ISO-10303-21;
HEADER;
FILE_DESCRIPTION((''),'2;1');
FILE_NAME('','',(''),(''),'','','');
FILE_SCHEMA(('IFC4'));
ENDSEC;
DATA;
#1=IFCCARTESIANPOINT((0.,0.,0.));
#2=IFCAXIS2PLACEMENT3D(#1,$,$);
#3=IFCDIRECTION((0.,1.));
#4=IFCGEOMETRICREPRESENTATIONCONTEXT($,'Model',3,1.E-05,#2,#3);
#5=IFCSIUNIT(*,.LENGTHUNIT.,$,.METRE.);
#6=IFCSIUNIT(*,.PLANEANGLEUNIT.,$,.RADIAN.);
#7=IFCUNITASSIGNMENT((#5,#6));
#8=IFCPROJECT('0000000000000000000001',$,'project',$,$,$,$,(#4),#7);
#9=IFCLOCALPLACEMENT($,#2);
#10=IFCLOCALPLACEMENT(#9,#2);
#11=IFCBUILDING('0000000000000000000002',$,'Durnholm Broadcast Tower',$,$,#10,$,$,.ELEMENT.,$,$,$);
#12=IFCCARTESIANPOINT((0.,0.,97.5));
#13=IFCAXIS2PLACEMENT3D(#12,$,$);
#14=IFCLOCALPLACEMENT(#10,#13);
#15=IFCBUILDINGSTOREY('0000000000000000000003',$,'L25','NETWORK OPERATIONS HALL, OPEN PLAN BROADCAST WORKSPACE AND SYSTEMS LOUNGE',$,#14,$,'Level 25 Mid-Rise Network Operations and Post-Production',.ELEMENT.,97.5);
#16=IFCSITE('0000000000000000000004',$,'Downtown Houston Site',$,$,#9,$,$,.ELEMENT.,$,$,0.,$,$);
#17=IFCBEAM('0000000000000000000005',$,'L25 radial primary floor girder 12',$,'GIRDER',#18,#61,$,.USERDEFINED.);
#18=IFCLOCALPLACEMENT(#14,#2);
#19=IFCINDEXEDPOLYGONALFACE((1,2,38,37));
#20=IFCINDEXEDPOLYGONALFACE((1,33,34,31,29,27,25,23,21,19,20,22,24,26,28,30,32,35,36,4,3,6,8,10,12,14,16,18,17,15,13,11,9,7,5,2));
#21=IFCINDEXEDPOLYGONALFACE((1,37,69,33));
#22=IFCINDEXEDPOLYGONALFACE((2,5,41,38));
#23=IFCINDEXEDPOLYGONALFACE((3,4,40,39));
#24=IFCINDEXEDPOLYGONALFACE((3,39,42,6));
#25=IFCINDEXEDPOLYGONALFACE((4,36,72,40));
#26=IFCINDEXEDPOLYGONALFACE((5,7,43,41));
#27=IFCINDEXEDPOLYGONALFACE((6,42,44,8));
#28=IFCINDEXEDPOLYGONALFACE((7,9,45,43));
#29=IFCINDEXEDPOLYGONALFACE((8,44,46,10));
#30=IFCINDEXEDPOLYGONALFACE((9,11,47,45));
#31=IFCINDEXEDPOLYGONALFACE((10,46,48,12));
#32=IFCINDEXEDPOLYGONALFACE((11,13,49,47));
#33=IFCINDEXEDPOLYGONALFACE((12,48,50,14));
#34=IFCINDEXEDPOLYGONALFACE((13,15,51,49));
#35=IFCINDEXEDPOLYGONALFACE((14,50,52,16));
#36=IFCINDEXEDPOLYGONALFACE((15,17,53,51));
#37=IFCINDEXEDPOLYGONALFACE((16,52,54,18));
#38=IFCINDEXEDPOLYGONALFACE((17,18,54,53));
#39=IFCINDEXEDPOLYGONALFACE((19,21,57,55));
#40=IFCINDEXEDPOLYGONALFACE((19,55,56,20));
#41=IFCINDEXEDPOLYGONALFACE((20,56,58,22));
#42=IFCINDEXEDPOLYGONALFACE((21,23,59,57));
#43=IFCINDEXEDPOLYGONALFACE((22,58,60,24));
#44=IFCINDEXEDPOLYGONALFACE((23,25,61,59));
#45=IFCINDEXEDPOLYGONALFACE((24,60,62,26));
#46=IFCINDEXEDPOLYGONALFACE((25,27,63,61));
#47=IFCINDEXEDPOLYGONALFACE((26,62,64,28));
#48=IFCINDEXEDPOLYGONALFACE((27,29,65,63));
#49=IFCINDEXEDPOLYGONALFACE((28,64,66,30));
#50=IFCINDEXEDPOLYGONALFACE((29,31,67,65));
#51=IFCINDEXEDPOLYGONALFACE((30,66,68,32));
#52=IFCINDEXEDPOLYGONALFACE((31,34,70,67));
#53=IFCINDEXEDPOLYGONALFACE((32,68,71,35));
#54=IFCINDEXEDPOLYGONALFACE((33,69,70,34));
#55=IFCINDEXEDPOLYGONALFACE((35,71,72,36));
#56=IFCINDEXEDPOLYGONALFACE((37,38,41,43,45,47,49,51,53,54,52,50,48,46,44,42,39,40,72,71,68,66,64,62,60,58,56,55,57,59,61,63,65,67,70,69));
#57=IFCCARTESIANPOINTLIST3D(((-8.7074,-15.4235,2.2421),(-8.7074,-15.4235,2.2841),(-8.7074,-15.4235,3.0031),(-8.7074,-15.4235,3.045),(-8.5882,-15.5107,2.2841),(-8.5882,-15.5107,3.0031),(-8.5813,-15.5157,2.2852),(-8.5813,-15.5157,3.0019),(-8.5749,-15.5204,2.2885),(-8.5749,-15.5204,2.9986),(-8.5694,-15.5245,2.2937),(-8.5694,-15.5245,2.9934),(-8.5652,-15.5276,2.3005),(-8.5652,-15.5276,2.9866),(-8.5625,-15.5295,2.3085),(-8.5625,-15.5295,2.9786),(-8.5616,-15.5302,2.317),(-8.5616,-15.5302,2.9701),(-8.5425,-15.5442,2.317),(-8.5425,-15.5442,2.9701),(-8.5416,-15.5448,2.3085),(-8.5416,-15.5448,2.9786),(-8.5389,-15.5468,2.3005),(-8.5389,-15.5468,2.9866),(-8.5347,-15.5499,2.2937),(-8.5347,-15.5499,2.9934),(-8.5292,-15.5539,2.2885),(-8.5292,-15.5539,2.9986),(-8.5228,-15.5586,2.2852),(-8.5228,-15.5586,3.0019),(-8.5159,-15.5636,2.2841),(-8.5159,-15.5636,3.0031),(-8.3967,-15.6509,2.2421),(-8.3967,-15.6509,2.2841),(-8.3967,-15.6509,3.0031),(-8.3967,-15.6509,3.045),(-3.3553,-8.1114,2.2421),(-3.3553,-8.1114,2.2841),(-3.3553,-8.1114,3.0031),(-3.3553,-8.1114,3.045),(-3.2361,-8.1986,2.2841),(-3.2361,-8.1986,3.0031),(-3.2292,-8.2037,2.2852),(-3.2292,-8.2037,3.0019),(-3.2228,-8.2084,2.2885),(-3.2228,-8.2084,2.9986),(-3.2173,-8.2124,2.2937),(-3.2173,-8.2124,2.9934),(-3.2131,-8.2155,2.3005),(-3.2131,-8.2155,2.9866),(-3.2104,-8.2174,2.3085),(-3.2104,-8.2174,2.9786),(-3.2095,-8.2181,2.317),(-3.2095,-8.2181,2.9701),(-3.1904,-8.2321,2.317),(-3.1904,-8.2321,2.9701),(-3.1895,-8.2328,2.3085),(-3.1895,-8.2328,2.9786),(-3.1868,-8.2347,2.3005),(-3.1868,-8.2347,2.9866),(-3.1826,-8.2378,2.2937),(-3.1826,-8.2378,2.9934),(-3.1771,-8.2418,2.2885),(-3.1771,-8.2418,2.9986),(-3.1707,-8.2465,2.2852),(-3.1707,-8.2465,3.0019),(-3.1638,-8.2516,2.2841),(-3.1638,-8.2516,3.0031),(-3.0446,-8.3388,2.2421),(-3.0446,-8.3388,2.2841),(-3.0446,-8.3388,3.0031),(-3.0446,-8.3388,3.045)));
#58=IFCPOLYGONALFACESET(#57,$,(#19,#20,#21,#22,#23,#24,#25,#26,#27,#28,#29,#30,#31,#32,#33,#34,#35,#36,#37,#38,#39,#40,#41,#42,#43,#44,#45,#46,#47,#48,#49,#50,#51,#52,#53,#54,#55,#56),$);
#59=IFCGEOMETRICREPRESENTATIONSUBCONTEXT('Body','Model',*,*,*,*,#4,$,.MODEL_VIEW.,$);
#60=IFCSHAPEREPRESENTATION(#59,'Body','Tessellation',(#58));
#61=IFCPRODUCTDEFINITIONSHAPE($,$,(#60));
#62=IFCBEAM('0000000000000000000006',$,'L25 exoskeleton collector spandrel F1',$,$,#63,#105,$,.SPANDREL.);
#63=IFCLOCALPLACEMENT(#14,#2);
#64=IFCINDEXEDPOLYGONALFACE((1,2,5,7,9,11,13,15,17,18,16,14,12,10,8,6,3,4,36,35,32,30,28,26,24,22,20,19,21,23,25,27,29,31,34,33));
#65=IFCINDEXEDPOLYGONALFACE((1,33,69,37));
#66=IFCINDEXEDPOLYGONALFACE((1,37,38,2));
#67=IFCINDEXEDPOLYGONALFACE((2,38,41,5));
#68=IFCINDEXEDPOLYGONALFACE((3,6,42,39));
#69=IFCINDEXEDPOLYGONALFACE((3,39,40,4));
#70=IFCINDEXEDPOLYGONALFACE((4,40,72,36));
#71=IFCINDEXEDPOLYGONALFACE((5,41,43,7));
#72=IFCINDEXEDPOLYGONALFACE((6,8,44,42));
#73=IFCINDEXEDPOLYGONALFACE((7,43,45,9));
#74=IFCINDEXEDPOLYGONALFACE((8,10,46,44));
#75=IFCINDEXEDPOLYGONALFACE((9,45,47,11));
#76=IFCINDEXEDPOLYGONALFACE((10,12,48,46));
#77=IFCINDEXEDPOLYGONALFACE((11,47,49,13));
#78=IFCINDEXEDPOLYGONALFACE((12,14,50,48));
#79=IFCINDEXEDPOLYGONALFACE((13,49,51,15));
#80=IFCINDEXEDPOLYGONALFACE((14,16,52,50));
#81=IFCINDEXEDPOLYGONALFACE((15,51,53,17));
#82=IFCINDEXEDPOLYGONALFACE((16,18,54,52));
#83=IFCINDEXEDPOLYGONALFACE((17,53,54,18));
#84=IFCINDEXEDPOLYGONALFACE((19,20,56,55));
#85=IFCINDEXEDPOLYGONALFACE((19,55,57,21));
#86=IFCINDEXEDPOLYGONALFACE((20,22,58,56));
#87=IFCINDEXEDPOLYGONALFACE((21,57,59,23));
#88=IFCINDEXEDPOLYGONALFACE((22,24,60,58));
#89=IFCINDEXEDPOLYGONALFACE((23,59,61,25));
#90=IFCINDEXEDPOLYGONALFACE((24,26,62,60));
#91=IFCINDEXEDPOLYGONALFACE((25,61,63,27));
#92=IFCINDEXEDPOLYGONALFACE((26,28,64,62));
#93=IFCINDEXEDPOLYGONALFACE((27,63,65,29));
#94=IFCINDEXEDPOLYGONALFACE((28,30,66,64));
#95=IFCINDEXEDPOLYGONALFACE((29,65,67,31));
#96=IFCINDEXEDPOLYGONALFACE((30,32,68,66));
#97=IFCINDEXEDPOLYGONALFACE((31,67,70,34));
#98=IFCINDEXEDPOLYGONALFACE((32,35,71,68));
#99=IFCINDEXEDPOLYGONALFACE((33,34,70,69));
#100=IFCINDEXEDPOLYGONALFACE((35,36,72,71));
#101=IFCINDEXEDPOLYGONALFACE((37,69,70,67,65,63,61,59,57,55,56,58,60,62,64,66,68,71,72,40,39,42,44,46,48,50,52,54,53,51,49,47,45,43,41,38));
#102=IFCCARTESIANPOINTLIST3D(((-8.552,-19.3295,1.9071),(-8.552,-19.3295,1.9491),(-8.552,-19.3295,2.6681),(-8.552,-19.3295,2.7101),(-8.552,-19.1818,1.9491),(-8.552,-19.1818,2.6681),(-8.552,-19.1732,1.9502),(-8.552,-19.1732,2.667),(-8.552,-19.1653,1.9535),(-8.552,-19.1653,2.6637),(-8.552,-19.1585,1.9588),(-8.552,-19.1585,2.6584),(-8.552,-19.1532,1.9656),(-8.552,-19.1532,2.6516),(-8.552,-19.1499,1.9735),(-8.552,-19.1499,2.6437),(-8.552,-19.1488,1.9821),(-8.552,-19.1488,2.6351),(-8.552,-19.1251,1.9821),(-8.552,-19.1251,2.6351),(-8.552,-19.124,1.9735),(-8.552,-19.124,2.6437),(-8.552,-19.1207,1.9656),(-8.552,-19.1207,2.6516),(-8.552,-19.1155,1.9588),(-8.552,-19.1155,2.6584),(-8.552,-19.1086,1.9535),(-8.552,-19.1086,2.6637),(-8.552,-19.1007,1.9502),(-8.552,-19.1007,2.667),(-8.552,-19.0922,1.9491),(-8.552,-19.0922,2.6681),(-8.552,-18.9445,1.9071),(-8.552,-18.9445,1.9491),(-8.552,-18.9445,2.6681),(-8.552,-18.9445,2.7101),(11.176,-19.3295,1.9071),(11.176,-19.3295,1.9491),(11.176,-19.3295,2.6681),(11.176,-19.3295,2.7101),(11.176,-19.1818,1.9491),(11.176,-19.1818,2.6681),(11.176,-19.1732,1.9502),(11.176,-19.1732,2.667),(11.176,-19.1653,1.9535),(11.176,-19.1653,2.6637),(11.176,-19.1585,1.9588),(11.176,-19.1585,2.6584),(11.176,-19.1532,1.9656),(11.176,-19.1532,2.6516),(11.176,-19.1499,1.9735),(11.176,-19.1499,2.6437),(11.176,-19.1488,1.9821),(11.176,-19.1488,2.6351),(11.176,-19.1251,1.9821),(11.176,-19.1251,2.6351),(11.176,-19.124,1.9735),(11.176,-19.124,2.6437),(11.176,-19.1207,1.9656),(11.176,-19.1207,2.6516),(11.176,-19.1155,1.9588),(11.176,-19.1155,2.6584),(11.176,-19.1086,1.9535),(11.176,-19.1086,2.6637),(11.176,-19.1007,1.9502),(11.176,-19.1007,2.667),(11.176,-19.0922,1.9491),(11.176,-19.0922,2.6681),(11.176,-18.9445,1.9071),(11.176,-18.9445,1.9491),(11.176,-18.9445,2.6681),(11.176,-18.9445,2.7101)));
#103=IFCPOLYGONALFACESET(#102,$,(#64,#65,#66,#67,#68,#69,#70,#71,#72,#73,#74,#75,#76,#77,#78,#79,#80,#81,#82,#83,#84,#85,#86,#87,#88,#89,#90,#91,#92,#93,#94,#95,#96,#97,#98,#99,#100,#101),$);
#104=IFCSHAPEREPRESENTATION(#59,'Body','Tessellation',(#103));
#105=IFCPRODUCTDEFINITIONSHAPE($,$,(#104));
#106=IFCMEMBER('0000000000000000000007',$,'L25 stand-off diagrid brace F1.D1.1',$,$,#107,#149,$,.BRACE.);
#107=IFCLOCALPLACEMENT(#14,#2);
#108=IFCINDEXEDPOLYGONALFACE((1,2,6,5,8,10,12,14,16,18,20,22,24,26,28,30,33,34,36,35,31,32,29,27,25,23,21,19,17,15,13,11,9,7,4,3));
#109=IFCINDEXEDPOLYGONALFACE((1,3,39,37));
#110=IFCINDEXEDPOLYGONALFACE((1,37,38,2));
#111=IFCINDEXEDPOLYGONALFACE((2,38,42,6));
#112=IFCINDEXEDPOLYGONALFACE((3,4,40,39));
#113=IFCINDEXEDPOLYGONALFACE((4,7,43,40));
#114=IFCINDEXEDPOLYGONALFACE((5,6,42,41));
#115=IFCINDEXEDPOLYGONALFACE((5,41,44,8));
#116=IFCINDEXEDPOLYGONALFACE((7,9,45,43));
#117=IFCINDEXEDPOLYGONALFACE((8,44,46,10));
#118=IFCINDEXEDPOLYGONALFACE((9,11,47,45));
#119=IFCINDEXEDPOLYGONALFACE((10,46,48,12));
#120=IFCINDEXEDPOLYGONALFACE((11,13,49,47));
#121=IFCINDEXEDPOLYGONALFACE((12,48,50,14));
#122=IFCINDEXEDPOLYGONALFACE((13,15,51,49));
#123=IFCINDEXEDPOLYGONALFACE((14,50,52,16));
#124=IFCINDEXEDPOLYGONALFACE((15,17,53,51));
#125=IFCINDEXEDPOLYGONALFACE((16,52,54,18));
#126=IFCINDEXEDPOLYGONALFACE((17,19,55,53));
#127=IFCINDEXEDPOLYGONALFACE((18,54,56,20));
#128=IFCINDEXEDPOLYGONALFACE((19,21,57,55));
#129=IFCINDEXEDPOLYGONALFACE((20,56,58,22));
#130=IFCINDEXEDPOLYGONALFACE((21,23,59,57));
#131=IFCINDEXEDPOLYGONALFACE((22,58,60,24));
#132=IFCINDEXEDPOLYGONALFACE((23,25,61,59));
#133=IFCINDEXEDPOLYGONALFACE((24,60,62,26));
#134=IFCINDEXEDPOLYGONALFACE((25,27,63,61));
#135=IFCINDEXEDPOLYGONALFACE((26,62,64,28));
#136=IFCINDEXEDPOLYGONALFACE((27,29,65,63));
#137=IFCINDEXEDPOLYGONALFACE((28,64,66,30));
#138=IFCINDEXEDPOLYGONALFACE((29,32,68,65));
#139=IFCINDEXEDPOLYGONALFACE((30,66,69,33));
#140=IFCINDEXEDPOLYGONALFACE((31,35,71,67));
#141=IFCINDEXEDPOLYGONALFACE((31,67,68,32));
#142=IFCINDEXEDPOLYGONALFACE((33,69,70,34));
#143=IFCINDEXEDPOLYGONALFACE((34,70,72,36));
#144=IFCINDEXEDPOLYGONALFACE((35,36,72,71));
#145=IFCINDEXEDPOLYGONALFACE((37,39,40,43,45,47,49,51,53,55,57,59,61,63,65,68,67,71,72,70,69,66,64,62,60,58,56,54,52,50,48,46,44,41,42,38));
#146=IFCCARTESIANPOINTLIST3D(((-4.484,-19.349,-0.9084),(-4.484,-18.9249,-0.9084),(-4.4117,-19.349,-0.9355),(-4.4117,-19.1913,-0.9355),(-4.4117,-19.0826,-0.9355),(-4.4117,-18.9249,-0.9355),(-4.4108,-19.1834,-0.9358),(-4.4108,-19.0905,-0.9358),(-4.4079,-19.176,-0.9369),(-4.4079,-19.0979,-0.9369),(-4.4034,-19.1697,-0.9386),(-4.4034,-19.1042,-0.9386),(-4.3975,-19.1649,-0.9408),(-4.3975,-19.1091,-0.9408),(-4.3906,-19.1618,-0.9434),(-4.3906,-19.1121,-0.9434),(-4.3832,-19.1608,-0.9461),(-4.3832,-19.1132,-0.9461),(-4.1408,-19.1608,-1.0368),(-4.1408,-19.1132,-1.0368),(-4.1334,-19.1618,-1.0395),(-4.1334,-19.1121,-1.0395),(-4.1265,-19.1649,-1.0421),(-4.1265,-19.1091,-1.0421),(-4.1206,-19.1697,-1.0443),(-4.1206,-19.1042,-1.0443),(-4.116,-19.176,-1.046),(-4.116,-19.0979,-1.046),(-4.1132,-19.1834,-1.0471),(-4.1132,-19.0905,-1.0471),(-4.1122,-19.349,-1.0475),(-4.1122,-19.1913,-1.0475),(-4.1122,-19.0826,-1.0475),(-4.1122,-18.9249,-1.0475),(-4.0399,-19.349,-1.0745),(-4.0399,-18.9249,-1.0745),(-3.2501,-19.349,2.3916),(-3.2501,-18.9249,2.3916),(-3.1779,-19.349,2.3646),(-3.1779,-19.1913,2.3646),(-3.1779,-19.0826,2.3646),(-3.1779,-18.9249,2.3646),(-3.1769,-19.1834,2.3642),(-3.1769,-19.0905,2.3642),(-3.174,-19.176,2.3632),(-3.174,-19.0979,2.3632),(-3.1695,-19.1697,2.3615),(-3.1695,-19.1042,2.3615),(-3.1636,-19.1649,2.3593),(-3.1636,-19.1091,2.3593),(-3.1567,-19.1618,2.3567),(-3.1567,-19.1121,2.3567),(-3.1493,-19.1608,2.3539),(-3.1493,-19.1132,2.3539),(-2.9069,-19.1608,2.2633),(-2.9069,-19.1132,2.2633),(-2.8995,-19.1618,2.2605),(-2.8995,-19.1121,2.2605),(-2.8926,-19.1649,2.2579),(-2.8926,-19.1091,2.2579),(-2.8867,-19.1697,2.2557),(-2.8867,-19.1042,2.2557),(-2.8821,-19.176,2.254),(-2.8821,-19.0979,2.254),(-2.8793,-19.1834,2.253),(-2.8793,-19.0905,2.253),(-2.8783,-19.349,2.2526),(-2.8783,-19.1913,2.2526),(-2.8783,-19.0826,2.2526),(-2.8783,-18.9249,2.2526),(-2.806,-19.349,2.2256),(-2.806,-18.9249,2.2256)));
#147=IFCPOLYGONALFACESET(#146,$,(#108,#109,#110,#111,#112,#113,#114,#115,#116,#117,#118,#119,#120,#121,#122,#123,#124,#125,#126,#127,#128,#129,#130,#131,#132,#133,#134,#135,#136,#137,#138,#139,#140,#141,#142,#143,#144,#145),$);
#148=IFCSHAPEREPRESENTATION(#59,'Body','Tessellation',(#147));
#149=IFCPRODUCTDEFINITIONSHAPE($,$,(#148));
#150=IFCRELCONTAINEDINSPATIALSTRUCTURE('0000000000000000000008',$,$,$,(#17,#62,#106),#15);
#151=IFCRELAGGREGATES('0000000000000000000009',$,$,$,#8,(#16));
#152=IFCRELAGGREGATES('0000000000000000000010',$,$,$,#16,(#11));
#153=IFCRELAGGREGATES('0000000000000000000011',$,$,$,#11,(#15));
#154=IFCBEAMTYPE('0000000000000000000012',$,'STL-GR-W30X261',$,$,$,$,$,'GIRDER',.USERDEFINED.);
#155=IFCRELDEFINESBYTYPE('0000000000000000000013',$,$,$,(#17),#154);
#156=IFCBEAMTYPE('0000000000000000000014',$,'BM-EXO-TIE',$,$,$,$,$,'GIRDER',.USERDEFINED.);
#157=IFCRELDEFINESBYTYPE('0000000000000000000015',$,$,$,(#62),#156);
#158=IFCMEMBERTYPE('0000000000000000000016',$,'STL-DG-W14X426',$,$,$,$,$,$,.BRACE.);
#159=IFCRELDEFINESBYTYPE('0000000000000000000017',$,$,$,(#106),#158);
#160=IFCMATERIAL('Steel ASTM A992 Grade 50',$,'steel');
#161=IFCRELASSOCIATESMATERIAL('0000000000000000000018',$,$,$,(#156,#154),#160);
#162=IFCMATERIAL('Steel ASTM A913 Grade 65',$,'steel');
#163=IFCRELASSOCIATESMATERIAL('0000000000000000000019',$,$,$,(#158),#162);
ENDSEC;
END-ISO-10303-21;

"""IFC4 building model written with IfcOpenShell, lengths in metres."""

from ifc_helpers import new_model, si_unit, direction, frame, origin, origin_2d, place, context, subcontext, project, spatial, i_section, extrude, source, transform, mapped, material, material_profile, profile_set, type_object, type_shapes, element, save


model = new_model("IFC4")

# Units and contexts
model_context = context("Model", 3, precision=1e-05, world=origin(), true_north=direction((0.0, 1.0)))
body_context = subcontext(model_context, "Body", "Model", "MODEL_VIEW")
ifc_project = project(units=[si_unit("LENGTHUNIT", "METRE"), si_unit("PLANEANGLEUNIT", "RADIAN")], contexts=[model_context])

# Site, building, storey
site_placement = place(None, origin())
site = spatial("IfcSite", under=ifc_project, at=site_placement, Name="Downtown Houston Site", CompositionType="ELEMENT", RefElevation=0.0)
building_placement = place(site_placement, origin())
building = spatial("IfcBuilding", under=site, at=building_placement, Name="Durnholm Broadcast Tower", CompositionType="ELEMENT")
storey_placement = place(building_placement, frame((0.0, 0.0, 97.5)))
storey = spatial("IfcBuildingStorey", under=building, at=storey_placement, Name="L25", Description="NETWORK OPERATIONS HALL, OPEN PLAN BROADCAST WORKSPACE AND SYSTEMS LOUNGE", LongName="Level 25 Mid-Rise Network Operations and Post-Production", CompositionType="ELEMENT", Elevation=97.5)

# Beams
ifc_material_1 = material(Name="Steel ASTM A992 Grade 50", Category="steel")
ifc_material_profile_1 = material_profile(ifc_material_1, i_section(OverallWidth=0.385, OverallDepth=0.803, WebThickness=0.0237, FlangeThickness=0.042, FilletRadius=0.033, at=origin_2d()), Name="W30X261")
ifc_profile_set_1 = profile_set([ifc_material_profile_1], Name="Steel ASTM A992 Grade 50")
beam_type_1 = type_object("IfcBeamType", Name="BM-EXO-TIE", ElementType="GIRDER", PredefinedType="USERDEFINED", material=ifc_profile_set_1)
ifc_material_profile_2 = material_profile(ifc_material_1, i_section(OverallWidth=0.385, OverallDepth=0.803, WebThickness=0.0237, FlangeThickness=0.042, FilletRadius=0.033, at=origin_2d()), Name="W30X261")
ifc_profile_set_2 = profile_set([ifc_material_profile_2], Name="Steel ASTM A992 Grade 50")
beam_type_2 = type_object("IfcBeamType", Name="STL-GR-W30X261", ElementType="GIRDER", PredefinedType="USERDEFINED", material=ifc_profile_set_2)
shared_shape_1 = source(origin(), body_context, "Body", "SweptSolid", [
    extrude(i_section(OverallWidth=0.385, OverallDepth=0.803, WebThickness=0.0237, FlangeThickness=0.042, FilletRadius=0.033, at=origin_2d()), origin(), (0.0, 0.0, 1.0), 9.0615),
])
beam_1_placement = place(storey_placement, frame((-3.2, -8.2251, 2.6436), z_axis=(-0.590639, -0.806936, 0.0), x_axis=(0.806936, -0.590639, 0.0)))
element("IfcBeam", 1, at=beam_1_placement, inside=storey, type_object=beam_type_2, Name="L25 radial primary floor girder 12", ObjectType="GIRDER", PredefinedType="USERDEFINED", context=body_context, shape_type="MappedRepresentation", body=[
    mapped(shared_shape_1, transform((0.0, 0.0, 0.0), x_axis=(1.0, 0.0, 0.0), y_axis=(0.0, 1.0, 0.0), z_axis=(0.0, 0.0, 1.0), scale=1.0)),
])
shared_shape_2 = source(origin(), body_context, "Body", "SweptSolid", [
    extrude(i_section(OverallWidth=0.385, OverallDepth=0.803, WebThickness=0.0237, FlangeThickness=0.042, FilletRadius=0.033, at=origin_2d()), origin(), (0.0, 0.0, 1.0), 19.728),
])
beam_2_placement = place(storey_placement, frame((-8.552, -19.137, 2.3086), z_axis=(1.0, 0.0, 0.0), x_axis=(0.0, 1.0, 0.0)))
element("IfcBeam", 2, at=beam_2_placement, inside=storey, type_object=beam_type_1, Name="L25 exoskeleton collector spandrel F1", PredefinedType="SPANDREL", context=body_context, shape_type="MappedRepresentation", body=[
    mapped(shared_shape_2, transform((0.0, 0.0, 0.0), x_axis=(1.0, 0.0, 0.0), y_axis=(0.0, 1.0, 0.0), z_axis=(0.0, 0.0, 1.0), scale=1.0)),
])

# Member
ifc_material_2 = material(Name="Steel ASTM A913 Grade 65", Category="steel")
ifc_material_profile_3 = material_profile(ifc_material_2, i_section(OverallWidth=0.4241, OverallDepth=0.4741, WebThickness=0.0476, FlangeThickness=0.0771, FilletRadius=0.0305, at=origin_2d()), Name="W14X426")
ifc_profile_set_3 = profile_set([ifc_material_profile_3], Name="Steel ASTM A913 Grade 65")
member_type_1 = type_object("IfcMemberType", Name="STL-DG-W14X426", PredefinedType="BRACE", material=ifc_profile_set_3)
shared_shape_3 = source(origin(), body_context, "Body", "SweptSolid", [
    extrude(i_section(OverallWidth=0.4241, OverallDepth=0.4741, WebThickness=0.0476, FlangeThickness=0.0771, FilletRadius=0.0305, at=origin_2d()), origin(), (0.0, 0.0, 1.0), 3.5232),
])
type_shapes(member_type_1, [shared_shape_3])
for number, where, z_axis, x_axis, name in (
    (3, (-4.262, -19.137, -0.9915), (0.35022, 0.0, 0.936668), (0.0, 1.0, 0.0), "L25 stand-off diagrid brace F1.D1.1"),
):
    element("IfcMember", number, at=place(storey_placement, frame(where, z_axis=z_axis, x_axis=x_axis)), inside=storey, type_object=member_type_1, Name=name, PredefinedType="BRACE", context=body_context, shape_type="MappedRepresentation", body=[
        mapped(shared_shape_3, transform((0.0, 0.0, 0.0), x_axis=(1.0, 0.0, 0.0), y_axis=(0.0, 1.0, 0.0), z_axis=(0.0, 0.0, 1.0), scale=1.0)),
    ])

save(model, "model.ifc")
